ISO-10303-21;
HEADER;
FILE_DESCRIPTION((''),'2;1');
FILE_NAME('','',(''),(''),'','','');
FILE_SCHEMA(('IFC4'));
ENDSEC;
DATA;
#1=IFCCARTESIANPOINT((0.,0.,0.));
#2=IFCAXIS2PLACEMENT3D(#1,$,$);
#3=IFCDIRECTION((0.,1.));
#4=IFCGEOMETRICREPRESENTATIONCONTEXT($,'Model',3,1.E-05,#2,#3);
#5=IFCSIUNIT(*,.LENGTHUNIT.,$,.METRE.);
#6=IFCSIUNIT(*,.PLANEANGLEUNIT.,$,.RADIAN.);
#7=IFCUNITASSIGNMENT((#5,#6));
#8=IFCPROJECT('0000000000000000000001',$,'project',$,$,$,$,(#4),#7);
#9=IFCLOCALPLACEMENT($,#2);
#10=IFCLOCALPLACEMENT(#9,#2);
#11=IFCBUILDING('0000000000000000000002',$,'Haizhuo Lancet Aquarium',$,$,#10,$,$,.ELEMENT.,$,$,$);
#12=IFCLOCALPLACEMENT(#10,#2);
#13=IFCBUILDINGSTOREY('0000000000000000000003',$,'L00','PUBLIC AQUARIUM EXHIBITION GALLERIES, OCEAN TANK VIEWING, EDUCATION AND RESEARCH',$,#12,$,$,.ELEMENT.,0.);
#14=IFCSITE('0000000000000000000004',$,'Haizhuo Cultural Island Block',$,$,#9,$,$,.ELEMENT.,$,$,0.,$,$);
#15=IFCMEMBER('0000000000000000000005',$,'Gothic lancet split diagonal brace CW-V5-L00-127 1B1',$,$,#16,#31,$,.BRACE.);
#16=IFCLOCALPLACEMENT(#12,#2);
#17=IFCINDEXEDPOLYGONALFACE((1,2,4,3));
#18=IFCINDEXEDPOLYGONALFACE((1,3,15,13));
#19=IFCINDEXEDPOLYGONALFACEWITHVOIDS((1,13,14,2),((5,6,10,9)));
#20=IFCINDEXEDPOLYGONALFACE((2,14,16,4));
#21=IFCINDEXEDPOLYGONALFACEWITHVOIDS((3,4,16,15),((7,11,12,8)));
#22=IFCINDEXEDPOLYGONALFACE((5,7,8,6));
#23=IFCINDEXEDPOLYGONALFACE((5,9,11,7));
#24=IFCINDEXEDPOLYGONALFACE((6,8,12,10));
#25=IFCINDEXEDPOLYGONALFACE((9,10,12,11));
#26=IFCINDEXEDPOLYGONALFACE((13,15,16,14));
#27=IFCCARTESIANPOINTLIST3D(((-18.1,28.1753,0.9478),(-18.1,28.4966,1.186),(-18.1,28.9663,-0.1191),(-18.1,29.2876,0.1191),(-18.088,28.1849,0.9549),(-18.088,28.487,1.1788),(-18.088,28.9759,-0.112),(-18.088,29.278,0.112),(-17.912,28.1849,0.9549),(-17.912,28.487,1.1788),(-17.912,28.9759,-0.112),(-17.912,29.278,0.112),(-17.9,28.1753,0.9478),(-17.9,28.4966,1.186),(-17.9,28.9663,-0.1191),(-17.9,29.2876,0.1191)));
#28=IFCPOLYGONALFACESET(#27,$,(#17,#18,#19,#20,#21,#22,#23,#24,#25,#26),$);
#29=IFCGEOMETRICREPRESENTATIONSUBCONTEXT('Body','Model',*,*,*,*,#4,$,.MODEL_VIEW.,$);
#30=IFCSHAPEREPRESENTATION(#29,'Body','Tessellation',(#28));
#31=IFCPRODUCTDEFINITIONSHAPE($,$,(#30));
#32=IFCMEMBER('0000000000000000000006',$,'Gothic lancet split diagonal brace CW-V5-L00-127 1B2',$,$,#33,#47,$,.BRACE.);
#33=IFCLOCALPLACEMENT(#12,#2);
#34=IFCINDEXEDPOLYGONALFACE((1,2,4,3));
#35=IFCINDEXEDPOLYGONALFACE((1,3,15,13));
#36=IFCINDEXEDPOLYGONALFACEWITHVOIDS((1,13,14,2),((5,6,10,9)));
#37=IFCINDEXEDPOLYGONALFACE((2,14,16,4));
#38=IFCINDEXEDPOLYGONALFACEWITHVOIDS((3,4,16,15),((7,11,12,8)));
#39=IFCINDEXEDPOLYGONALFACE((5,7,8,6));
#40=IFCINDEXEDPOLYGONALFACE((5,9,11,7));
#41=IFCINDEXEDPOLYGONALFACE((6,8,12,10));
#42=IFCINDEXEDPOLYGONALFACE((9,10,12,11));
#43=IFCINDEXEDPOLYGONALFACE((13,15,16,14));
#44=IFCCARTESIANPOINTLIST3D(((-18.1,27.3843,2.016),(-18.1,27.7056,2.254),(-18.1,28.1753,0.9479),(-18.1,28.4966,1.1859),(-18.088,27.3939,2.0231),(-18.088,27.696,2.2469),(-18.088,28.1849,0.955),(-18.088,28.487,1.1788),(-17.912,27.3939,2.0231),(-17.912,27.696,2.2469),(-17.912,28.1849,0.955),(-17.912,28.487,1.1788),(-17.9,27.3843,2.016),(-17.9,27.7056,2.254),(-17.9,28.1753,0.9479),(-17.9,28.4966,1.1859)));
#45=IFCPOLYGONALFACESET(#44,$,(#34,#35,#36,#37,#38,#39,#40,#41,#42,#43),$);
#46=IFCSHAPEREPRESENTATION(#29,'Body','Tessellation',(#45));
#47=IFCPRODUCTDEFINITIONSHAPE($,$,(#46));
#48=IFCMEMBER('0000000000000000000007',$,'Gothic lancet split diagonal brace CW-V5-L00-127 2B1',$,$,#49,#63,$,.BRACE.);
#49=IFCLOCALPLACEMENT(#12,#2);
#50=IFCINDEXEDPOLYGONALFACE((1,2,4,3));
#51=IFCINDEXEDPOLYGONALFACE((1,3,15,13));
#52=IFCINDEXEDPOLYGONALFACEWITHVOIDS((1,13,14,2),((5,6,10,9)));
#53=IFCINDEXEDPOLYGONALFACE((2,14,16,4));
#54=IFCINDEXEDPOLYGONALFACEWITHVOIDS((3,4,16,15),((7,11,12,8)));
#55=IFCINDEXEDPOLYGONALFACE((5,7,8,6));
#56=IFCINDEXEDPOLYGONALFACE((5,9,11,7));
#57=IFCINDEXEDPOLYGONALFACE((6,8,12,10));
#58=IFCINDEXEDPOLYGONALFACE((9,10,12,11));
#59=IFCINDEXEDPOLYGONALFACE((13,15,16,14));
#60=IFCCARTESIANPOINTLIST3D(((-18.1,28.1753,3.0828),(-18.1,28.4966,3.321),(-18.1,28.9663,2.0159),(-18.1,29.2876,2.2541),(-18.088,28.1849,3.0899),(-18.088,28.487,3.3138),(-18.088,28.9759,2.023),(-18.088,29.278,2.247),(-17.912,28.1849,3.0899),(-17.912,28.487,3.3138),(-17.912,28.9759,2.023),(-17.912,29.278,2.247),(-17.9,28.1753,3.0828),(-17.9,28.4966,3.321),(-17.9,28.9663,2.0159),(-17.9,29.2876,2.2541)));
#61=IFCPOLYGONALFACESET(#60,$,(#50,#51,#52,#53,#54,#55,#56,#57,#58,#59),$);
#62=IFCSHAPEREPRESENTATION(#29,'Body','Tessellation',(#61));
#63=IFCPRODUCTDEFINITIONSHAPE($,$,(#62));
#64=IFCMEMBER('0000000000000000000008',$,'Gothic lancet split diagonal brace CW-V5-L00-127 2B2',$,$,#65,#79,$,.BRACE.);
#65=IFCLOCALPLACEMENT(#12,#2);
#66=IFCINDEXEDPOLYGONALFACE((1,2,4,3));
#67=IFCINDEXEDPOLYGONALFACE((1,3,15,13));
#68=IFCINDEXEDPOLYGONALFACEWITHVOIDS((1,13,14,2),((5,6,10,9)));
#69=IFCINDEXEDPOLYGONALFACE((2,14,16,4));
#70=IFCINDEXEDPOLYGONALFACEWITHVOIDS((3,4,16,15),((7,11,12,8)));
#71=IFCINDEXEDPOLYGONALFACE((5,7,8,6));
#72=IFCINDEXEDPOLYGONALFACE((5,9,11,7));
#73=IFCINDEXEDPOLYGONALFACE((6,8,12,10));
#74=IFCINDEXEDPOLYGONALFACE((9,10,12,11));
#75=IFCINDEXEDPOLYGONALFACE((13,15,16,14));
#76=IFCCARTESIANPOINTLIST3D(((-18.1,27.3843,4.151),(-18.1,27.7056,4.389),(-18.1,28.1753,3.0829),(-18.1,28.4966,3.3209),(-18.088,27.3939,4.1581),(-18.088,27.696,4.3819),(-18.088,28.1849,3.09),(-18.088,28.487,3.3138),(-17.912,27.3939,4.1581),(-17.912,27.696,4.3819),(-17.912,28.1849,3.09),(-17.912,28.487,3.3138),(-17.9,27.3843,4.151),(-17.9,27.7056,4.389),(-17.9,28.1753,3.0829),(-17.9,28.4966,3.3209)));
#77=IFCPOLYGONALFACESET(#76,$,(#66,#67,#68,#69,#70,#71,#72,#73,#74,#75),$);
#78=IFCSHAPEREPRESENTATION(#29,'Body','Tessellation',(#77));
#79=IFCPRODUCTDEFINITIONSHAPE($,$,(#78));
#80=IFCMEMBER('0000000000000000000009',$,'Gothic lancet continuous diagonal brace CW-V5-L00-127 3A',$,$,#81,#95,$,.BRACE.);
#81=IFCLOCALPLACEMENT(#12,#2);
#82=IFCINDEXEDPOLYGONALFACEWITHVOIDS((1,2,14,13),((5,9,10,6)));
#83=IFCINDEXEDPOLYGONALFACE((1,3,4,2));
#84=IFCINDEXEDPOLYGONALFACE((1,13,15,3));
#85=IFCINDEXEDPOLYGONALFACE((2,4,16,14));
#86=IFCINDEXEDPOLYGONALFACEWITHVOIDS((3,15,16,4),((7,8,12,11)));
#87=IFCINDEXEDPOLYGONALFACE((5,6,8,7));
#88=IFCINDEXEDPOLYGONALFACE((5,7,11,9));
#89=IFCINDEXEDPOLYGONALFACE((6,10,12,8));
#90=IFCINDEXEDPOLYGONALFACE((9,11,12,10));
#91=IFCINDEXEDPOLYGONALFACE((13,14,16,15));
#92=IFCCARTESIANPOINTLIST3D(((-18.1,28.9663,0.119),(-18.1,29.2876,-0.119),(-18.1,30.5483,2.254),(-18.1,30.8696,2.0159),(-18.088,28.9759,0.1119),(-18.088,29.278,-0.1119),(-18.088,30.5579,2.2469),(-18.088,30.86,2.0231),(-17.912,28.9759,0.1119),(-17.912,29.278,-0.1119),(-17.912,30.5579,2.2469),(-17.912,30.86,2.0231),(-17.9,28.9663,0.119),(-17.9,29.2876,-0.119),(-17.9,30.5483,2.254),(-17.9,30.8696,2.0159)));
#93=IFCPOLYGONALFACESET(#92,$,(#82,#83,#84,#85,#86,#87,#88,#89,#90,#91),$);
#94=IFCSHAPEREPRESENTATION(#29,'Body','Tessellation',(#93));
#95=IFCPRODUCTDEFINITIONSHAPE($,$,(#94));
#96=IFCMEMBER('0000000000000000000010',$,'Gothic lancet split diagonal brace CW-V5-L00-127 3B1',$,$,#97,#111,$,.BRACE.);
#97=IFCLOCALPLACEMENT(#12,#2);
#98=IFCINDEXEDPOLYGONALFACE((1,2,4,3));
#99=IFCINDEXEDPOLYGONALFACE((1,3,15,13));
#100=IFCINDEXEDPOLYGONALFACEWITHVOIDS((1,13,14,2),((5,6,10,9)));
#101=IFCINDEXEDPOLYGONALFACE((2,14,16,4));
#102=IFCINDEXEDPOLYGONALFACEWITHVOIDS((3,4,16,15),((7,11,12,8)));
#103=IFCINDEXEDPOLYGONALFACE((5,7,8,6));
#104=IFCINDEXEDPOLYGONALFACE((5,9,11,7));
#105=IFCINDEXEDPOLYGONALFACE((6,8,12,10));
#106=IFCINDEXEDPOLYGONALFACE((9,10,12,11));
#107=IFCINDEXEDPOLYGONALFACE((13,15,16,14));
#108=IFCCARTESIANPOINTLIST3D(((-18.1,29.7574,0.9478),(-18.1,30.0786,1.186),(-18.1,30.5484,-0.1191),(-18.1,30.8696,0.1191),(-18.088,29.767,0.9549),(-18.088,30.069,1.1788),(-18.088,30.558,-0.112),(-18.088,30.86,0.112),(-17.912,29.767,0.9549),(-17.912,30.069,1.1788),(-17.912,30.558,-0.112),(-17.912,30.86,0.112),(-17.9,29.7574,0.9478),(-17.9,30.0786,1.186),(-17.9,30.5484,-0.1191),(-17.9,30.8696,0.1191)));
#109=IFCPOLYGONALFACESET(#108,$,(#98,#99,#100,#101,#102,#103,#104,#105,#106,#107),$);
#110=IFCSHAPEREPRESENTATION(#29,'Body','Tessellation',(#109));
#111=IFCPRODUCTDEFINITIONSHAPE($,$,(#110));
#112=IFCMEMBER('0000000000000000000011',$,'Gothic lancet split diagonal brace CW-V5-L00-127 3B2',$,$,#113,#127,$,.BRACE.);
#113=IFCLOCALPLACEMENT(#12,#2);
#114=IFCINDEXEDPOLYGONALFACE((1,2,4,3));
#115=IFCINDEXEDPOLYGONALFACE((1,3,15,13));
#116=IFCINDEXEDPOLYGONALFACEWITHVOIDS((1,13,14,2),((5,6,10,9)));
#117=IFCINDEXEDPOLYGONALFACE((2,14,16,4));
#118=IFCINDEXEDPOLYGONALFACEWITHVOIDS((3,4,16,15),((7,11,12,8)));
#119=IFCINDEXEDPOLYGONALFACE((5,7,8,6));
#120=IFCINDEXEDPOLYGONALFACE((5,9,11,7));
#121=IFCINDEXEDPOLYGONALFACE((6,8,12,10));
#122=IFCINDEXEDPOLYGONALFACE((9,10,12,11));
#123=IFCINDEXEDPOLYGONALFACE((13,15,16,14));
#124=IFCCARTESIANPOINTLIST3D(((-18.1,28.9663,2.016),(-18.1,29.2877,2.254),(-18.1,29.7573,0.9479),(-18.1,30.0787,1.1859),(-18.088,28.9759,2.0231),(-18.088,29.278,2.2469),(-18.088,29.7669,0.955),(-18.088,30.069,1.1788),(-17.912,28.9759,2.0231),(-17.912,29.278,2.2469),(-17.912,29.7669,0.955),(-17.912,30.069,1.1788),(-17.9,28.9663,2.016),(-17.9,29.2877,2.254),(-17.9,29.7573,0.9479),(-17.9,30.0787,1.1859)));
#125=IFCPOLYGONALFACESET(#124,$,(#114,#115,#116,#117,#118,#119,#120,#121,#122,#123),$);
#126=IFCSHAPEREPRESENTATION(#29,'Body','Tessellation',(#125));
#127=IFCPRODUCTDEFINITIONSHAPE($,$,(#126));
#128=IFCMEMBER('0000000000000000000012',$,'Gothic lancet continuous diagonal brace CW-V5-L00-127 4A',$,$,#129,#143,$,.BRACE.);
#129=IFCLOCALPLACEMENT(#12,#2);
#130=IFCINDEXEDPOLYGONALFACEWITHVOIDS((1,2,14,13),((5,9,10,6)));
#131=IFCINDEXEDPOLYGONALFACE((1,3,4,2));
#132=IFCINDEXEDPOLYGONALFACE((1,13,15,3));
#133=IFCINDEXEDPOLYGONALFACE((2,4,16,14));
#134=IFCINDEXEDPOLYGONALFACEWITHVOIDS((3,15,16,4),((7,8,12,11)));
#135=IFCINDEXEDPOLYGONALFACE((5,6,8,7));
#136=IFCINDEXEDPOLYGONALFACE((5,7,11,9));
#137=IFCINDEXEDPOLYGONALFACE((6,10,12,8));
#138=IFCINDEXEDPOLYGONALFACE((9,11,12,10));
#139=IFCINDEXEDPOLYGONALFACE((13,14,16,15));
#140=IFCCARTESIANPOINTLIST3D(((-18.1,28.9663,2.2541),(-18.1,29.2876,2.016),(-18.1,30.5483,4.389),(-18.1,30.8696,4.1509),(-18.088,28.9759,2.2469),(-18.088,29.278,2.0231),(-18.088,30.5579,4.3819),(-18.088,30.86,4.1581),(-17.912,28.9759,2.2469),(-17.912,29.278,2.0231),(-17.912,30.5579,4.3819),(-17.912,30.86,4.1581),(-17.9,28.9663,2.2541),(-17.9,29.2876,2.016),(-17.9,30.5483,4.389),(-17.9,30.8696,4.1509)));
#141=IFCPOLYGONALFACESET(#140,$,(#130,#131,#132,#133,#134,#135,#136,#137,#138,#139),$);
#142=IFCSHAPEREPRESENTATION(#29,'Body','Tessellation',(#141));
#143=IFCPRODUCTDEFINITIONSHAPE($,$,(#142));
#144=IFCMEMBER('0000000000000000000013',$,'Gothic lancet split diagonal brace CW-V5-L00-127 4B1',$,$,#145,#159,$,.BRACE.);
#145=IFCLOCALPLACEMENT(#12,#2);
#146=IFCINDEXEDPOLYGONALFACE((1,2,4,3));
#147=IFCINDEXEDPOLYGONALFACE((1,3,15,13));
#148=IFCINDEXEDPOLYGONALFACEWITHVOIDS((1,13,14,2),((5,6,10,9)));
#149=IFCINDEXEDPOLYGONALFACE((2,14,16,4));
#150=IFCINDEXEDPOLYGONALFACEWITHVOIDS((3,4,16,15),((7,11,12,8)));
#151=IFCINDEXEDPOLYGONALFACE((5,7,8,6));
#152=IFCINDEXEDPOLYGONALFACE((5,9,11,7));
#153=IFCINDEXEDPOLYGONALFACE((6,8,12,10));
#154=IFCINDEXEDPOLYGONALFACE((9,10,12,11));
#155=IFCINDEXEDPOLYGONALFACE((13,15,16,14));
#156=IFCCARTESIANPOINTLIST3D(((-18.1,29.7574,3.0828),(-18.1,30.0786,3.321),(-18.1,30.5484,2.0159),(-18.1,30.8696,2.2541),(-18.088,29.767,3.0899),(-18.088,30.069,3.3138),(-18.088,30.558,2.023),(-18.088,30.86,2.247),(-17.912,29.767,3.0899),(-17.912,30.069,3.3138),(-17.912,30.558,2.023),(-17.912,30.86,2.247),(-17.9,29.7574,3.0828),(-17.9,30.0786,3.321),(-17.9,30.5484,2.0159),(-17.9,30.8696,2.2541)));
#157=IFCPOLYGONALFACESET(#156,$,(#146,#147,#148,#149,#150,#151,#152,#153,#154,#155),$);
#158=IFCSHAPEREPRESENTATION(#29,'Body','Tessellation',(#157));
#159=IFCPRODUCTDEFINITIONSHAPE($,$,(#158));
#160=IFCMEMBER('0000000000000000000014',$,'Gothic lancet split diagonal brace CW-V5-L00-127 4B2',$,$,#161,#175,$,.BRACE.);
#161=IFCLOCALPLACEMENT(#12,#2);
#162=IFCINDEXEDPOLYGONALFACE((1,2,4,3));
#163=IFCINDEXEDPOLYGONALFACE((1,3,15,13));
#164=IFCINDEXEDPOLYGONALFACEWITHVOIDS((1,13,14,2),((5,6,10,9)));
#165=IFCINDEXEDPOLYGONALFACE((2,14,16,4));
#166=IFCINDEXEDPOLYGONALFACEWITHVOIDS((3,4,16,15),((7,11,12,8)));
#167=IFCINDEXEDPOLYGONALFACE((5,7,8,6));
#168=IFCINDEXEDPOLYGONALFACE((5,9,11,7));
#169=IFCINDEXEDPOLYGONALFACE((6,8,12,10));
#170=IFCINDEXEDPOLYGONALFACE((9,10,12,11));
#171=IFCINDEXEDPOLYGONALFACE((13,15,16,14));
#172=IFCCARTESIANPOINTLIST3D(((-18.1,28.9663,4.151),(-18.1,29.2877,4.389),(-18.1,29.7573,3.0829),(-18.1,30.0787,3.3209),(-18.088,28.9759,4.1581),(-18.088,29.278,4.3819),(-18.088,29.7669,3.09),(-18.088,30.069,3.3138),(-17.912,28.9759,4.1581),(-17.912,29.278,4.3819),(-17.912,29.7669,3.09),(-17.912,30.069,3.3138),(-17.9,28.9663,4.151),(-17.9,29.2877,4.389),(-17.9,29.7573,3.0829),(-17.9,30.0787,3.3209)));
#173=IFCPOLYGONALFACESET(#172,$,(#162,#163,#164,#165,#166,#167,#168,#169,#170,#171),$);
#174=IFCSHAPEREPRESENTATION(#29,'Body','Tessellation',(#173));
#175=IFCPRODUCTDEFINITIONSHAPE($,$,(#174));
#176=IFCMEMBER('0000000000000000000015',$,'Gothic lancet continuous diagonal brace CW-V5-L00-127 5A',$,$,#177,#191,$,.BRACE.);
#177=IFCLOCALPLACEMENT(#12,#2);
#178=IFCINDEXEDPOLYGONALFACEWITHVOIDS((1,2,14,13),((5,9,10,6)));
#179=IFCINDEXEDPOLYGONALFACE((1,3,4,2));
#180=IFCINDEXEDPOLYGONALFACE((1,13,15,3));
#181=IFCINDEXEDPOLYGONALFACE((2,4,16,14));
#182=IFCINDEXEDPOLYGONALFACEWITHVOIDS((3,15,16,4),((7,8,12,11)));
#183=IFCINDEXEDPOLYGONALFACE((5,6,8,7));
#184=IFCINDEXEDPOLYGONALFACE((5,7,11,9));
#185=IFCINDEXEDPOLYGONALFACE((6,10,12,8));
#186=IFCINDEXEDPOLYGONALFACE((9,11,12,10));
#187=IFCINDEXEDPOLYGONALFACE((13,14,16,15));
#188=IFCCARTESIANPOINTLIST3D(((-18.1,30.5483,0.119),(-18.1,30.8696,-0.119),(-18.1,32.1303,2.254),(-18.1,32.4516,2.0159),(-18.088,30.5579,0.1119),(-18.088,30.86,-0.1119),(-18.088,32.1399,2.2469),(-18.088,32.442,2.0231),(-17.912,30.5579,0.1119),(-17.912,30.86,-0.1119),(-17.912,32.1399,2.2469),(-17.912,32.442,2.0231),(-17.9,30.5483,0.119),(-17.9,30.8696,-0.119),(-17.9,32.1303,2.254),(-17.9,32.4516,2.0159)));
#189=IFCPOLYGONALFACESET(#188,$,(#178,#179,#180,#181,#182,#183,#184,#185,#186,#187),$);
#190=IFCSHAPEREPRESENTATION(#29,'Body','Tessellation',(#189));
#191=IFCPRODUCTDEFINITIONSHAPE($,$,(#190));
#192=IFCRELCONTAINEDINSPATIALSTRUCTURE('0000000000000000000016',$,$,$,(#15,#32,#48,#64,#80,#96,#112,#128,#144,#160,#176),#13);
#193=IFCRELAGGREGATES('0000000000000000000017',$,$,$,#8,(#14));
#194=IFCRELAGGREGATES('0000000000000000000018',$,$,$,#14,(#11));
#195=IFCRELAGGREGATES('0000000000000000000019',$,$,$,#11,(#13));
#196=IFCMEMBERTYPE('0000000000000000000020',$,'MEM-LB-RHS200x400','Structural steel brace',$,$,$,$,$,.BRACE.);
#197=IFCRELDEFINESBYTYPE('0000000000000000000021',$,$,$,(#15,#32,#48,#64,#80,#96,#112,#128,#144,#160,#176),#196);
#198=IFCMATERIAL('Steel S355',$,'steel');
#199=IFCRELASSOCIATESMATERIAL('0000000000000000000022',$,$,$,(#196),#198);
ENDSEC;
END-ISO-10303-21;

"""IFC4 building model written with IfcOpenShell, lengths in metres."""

from ifc_helpers import new_model, si_unit, direction, frame, origin, origin_2d, place, context, subcontext, project, spatial, hollow_rectangle, extrude, material, material_profile, profile_set, type_object, element, save


model = new_model("IFC4")

# Units and contexts
model_context = context("Model", 3, precision=1e-05, world=origin(), true_north=direction((0.0, 1.0)))
body_context = subcontext(model_context, "Body", "Model", "MODEL_VIEW")
ifc_project = project(units=[si_unit("LENGTHUNIT", "METRE"), si_unit("PLANEANGLEUNIT", "RADIAN")], contexts=[model_context])

# Site, building, storey
site_placement = place(None, origin())
site = spatial("IfcSite", under=ifc_project, at=site_placement, Name="Haizhuo Cultural Island Block", CompositionType="ELEMENT", RefElevation=0.0)
building_placement = place(site_placement, origin())
building = spatial("IfcBuilding", under=site, at=building_placement, Name="Haizhuo Lancet Aquarium", CompositionType="ELEMENT")
storey_placement = place(building_placement, origin())
storey = spatial("IfcBuildingStorey", under=building, at=storey_placement, Name="L00", Description="PUBLIC AQUARIUM EXHIBITION GALLERIES, OCEAN TANK VIEWING, EDUCATION AND RESEARCH", CompositionType="ELEMENT", Elevation=0.0)

# Members
ifc_material_1 = material(Name="Steel S355", Category="steel")
ifc_material_profile_1 = material_profile(ifc_material_1, hollow_rectangle(XDim=0.2, YDim=0.3999, WallThickness=0.012, at=origin_2d()), Name="RHS 200x400x12")
ifc_profile_set_1 = profile_set([ifc_material_profile_1], Name="Steel S355")
member_type_1 = type_object("IfcMemberType", Name="MEM-LB-RHS200x400", Description="Structural steel brace", PredefinedType="BRACE", material=ifc_profile_set_1)
member_1_placement = place(storey_placement, frame((-18.0, 29.127, 0.0), z_axis=(0.0, -0.595579, 0.803297), x_axis=(1.0, 0.0, 0.0)))
element("IfcMember", 1, at=member_1_placement, inside=storey, type_object=member_type_1, Name="Gothic lancet split diagonal brace CW-V5-L00-127 1B1", PredefinedType="BRACE", context=body_context, shape_type="SweptSolid", body=[
    extrude(hollow_rectangle(XDim=0.2, YDim=0.3999, WallThickness=0.012, at=origin_2d()), origin(), (0.0, 0.0, 1.0), 1.3281),
])
member_2_placement = place(storey_placement, frame((-18.0, 28.3359, 1.0669), z_axis=(0.0, -0.59514, 0.803622), x_axis=(1.0, 0.0, 0.0)))
element("IfcMember", 2, at=member_2_placement, inside=storey, type_object=member_type_1, Name="Gothic lancet split diagonal brace CW-V5-L00-127 1B2", PredefinedType="BRACE", context=body_context, shape_type="SweptSolid", body=[
    extrude(hollow_rectangle(XDim=0.2, YDim=0.3999, WallThickness=0.012, at=origin_2d()), origin(), (0.0, 0.0, 1.0), 1.3291),
])
member_3_placement = place(storey_placement, frame((-18.0, 29.127, 2.135), z_axis=(0.0, -0.595579, 0.803297), x_axis=(1.0, 0.0, 0.0)))
element("IfcMember", 3, at=member_3_placement, inside=storey, type_object=member_type_1, Name="Gothic lancet split diagonal brace CW-V5-L00-127 2B1", PredefinedType="BRACE", context=body_context, shape_type="SweptSolid", body=[
    extrude(hollow_rectangle(XDim=0.2, YDim=0.3999, WallThickness=0.012, at=origin_2d()), origin(), (0.0, 0.0, 1.0), 1.3281),
])
member_4_placement = place(storey_placement, frame((-18.0, 28.3359, 3.2019), z_axis=(0.0, -0.59514, 0.803622), x_axis=(1.0, 0.0, 0.0)))
element("IfcMember", 4, at=member_4_placement, inside=storey, type_object=member_type_1, Name="Gothic lancet split diagonal brace CW-V5-L00-127 2B2", PredefinedType="BRACE", context=body_context, shape_type="SweptSolid", body=[
    extrude(hollow_rectangle(XDim=0.2, YDim=0.3999, WallThickness=0.012, at=origin_2d()), origin(), (0.0, 0.0, 1.0), 1.3291),
])
member_5_placement = place(storey_placement, frame((-18.0, 29.127, 0.0), z_axis=(0.0, 0.595359, 0.80346), x_axis=(-1.0, 0.0, 0.0)))
element("IfcMember", 5, at=member_5_placement, inside=storey, type_object=member_type_1, Name="Gothic lancet continuous diagonal brace CW-V5-L00-127 3A", PredefinedType="BRACE", context=body_context, shape_type="SweptSolid", body=[
    extrude(hollow_rectangle(XDim=0.2, YDim=0.3999, WallThickness=0.012, at=origin_2d()), origin(), (0.0, 0.0, 1.0), 2.6572),
])
member_6_placement = place(storey_placement, frame((-18.0, 30.709, 0.0), z_axis=(0.0, -0.595579, 0.803297), x_axis=(1.0, 0.0, 0.0)))
element("IfcMember", 6, at=member_6_placement, inside=storey, type_object=member_type_1, Name="Gothic lancet split diagonal brace CW-V5-L00-127 3B1", PredefinedType="BRACE", context=body_context, shape_type="SweptSolid", body=[
    extrude(hollow_rectangle(XDim=0.2, YDim=0.3999, WallThickness=0.012, at=origin_2d()), origin(), (0.0, 0.0, 1.0), 1.3281),
])
member_7_placement = place(storey_placement, frame((-18.0, 29.918, 1.0669), z_axis=(0.0, -0.59514, 0.803622), x_axis=(1.0, 0.0, 0.0)))
element("IfcMember", 7, at=member_7_placement, inside=storey, type_object=member_type_1, Name="Gothic lancet split diagonal brace CW-V5-L00-127 3B2", PredefinedType="BRACE", context=body_context, shape_type="SweptSolid", body=[
    extrude(hollow_rectangle(XDim=0.2, YDim=0.3999, WallThickness=0.012, at=origin_2d()), origin(), (0.0, 0.0, 1.0), 1.3291),
])
member_8_placement = place(storey_placement, frame((-18.0, 29.127, 2.135), z_axis=(0.0, 0.595359, 0.80346), x_axis=(-1.0, 0.0, 0.0)))
element("IfcMember", 8, at=member_8_placement, inside=storey, type_object=member_type_1, Name="Gothic lancet continuous diagonal brace CW-V5-L00-127 4A", PredefinedType="BRACE", context=body_context, shape_type="SweptSolid", body=[
    extrude(hollow_rectangle(XDim=0.2, YDim=0.3999, WallThickness=0.012, at=origin_2d()), origin(), (0.0, 0.0, 1.0), 2.6572),
])
member_9_placement = place(storey_placement, frame((-18.0, 30.709, 2.135), z_axis=(0.0, -0.595579, 0.803297), x_axis=(1.0, 0.0, 0.0)))
element("IfcMember", 9, at=member_9_placement, inside=storey, type_object=member_type_1, Name="Gothic lancet split diagonal brace CW-V5-L00-127 4B1", PredefinedType="BRACE", context=body_context, shape_type="SweptSolid", body=[
    extrude(hollow_rectangle(XDim=0.2, YDim=0.3999, WallThickness=0.012, at=origin_2d()), origin(), (0.0, 0.0, 1.0), 1.3281),
])
member_10_placement = place(storey_placement, frame((-18.0, 29.918, 3.2019), z_axis=(0.0, -0.59514, 0.803622), x_axis=(1.0, 0.0, 0.0)))
element("IfcMember", 10, at=member_10_placement, inside=storey, type_object=member_type_1, Name="Gothic lancet split diagonal brace CW-V5-L00-127 4B2", PredefinedType="BRACE", context=body_context, shape_type="SweptSolid", body=[
    extrude(hollow_rectangle(XDim=0.2, YDim=0.3999, WallThickness=0.012, at=origin_2d()), origin(), (0.0, 0.0, 1.0), 1.3291),
])
member_11_placement = place(storey_placement, frame((-18.0, 30.709, 0.0), z_axis=(0.0, 0.595359, 0.80346), x_axis=(-1.0, 0.0, 0.0)))
element("IfcMember", 11, at=member_11_placement, inside=storey, type_object=member_type_1, Name="Gothic lancet continuous diagonal brace CW-V5-L00-127 5A", PredefinedType="BRACE", context=body_context, shape_type="SweptSolid", body=[
    extrude(hollow_rectangle(XDim=0.2, YDim=0.3999, WallThickness=0.012, at=origin_2d()), origin(), (0.0, 0.0, 1.0), 2.6572),
])

save(model, "model.ifc")
